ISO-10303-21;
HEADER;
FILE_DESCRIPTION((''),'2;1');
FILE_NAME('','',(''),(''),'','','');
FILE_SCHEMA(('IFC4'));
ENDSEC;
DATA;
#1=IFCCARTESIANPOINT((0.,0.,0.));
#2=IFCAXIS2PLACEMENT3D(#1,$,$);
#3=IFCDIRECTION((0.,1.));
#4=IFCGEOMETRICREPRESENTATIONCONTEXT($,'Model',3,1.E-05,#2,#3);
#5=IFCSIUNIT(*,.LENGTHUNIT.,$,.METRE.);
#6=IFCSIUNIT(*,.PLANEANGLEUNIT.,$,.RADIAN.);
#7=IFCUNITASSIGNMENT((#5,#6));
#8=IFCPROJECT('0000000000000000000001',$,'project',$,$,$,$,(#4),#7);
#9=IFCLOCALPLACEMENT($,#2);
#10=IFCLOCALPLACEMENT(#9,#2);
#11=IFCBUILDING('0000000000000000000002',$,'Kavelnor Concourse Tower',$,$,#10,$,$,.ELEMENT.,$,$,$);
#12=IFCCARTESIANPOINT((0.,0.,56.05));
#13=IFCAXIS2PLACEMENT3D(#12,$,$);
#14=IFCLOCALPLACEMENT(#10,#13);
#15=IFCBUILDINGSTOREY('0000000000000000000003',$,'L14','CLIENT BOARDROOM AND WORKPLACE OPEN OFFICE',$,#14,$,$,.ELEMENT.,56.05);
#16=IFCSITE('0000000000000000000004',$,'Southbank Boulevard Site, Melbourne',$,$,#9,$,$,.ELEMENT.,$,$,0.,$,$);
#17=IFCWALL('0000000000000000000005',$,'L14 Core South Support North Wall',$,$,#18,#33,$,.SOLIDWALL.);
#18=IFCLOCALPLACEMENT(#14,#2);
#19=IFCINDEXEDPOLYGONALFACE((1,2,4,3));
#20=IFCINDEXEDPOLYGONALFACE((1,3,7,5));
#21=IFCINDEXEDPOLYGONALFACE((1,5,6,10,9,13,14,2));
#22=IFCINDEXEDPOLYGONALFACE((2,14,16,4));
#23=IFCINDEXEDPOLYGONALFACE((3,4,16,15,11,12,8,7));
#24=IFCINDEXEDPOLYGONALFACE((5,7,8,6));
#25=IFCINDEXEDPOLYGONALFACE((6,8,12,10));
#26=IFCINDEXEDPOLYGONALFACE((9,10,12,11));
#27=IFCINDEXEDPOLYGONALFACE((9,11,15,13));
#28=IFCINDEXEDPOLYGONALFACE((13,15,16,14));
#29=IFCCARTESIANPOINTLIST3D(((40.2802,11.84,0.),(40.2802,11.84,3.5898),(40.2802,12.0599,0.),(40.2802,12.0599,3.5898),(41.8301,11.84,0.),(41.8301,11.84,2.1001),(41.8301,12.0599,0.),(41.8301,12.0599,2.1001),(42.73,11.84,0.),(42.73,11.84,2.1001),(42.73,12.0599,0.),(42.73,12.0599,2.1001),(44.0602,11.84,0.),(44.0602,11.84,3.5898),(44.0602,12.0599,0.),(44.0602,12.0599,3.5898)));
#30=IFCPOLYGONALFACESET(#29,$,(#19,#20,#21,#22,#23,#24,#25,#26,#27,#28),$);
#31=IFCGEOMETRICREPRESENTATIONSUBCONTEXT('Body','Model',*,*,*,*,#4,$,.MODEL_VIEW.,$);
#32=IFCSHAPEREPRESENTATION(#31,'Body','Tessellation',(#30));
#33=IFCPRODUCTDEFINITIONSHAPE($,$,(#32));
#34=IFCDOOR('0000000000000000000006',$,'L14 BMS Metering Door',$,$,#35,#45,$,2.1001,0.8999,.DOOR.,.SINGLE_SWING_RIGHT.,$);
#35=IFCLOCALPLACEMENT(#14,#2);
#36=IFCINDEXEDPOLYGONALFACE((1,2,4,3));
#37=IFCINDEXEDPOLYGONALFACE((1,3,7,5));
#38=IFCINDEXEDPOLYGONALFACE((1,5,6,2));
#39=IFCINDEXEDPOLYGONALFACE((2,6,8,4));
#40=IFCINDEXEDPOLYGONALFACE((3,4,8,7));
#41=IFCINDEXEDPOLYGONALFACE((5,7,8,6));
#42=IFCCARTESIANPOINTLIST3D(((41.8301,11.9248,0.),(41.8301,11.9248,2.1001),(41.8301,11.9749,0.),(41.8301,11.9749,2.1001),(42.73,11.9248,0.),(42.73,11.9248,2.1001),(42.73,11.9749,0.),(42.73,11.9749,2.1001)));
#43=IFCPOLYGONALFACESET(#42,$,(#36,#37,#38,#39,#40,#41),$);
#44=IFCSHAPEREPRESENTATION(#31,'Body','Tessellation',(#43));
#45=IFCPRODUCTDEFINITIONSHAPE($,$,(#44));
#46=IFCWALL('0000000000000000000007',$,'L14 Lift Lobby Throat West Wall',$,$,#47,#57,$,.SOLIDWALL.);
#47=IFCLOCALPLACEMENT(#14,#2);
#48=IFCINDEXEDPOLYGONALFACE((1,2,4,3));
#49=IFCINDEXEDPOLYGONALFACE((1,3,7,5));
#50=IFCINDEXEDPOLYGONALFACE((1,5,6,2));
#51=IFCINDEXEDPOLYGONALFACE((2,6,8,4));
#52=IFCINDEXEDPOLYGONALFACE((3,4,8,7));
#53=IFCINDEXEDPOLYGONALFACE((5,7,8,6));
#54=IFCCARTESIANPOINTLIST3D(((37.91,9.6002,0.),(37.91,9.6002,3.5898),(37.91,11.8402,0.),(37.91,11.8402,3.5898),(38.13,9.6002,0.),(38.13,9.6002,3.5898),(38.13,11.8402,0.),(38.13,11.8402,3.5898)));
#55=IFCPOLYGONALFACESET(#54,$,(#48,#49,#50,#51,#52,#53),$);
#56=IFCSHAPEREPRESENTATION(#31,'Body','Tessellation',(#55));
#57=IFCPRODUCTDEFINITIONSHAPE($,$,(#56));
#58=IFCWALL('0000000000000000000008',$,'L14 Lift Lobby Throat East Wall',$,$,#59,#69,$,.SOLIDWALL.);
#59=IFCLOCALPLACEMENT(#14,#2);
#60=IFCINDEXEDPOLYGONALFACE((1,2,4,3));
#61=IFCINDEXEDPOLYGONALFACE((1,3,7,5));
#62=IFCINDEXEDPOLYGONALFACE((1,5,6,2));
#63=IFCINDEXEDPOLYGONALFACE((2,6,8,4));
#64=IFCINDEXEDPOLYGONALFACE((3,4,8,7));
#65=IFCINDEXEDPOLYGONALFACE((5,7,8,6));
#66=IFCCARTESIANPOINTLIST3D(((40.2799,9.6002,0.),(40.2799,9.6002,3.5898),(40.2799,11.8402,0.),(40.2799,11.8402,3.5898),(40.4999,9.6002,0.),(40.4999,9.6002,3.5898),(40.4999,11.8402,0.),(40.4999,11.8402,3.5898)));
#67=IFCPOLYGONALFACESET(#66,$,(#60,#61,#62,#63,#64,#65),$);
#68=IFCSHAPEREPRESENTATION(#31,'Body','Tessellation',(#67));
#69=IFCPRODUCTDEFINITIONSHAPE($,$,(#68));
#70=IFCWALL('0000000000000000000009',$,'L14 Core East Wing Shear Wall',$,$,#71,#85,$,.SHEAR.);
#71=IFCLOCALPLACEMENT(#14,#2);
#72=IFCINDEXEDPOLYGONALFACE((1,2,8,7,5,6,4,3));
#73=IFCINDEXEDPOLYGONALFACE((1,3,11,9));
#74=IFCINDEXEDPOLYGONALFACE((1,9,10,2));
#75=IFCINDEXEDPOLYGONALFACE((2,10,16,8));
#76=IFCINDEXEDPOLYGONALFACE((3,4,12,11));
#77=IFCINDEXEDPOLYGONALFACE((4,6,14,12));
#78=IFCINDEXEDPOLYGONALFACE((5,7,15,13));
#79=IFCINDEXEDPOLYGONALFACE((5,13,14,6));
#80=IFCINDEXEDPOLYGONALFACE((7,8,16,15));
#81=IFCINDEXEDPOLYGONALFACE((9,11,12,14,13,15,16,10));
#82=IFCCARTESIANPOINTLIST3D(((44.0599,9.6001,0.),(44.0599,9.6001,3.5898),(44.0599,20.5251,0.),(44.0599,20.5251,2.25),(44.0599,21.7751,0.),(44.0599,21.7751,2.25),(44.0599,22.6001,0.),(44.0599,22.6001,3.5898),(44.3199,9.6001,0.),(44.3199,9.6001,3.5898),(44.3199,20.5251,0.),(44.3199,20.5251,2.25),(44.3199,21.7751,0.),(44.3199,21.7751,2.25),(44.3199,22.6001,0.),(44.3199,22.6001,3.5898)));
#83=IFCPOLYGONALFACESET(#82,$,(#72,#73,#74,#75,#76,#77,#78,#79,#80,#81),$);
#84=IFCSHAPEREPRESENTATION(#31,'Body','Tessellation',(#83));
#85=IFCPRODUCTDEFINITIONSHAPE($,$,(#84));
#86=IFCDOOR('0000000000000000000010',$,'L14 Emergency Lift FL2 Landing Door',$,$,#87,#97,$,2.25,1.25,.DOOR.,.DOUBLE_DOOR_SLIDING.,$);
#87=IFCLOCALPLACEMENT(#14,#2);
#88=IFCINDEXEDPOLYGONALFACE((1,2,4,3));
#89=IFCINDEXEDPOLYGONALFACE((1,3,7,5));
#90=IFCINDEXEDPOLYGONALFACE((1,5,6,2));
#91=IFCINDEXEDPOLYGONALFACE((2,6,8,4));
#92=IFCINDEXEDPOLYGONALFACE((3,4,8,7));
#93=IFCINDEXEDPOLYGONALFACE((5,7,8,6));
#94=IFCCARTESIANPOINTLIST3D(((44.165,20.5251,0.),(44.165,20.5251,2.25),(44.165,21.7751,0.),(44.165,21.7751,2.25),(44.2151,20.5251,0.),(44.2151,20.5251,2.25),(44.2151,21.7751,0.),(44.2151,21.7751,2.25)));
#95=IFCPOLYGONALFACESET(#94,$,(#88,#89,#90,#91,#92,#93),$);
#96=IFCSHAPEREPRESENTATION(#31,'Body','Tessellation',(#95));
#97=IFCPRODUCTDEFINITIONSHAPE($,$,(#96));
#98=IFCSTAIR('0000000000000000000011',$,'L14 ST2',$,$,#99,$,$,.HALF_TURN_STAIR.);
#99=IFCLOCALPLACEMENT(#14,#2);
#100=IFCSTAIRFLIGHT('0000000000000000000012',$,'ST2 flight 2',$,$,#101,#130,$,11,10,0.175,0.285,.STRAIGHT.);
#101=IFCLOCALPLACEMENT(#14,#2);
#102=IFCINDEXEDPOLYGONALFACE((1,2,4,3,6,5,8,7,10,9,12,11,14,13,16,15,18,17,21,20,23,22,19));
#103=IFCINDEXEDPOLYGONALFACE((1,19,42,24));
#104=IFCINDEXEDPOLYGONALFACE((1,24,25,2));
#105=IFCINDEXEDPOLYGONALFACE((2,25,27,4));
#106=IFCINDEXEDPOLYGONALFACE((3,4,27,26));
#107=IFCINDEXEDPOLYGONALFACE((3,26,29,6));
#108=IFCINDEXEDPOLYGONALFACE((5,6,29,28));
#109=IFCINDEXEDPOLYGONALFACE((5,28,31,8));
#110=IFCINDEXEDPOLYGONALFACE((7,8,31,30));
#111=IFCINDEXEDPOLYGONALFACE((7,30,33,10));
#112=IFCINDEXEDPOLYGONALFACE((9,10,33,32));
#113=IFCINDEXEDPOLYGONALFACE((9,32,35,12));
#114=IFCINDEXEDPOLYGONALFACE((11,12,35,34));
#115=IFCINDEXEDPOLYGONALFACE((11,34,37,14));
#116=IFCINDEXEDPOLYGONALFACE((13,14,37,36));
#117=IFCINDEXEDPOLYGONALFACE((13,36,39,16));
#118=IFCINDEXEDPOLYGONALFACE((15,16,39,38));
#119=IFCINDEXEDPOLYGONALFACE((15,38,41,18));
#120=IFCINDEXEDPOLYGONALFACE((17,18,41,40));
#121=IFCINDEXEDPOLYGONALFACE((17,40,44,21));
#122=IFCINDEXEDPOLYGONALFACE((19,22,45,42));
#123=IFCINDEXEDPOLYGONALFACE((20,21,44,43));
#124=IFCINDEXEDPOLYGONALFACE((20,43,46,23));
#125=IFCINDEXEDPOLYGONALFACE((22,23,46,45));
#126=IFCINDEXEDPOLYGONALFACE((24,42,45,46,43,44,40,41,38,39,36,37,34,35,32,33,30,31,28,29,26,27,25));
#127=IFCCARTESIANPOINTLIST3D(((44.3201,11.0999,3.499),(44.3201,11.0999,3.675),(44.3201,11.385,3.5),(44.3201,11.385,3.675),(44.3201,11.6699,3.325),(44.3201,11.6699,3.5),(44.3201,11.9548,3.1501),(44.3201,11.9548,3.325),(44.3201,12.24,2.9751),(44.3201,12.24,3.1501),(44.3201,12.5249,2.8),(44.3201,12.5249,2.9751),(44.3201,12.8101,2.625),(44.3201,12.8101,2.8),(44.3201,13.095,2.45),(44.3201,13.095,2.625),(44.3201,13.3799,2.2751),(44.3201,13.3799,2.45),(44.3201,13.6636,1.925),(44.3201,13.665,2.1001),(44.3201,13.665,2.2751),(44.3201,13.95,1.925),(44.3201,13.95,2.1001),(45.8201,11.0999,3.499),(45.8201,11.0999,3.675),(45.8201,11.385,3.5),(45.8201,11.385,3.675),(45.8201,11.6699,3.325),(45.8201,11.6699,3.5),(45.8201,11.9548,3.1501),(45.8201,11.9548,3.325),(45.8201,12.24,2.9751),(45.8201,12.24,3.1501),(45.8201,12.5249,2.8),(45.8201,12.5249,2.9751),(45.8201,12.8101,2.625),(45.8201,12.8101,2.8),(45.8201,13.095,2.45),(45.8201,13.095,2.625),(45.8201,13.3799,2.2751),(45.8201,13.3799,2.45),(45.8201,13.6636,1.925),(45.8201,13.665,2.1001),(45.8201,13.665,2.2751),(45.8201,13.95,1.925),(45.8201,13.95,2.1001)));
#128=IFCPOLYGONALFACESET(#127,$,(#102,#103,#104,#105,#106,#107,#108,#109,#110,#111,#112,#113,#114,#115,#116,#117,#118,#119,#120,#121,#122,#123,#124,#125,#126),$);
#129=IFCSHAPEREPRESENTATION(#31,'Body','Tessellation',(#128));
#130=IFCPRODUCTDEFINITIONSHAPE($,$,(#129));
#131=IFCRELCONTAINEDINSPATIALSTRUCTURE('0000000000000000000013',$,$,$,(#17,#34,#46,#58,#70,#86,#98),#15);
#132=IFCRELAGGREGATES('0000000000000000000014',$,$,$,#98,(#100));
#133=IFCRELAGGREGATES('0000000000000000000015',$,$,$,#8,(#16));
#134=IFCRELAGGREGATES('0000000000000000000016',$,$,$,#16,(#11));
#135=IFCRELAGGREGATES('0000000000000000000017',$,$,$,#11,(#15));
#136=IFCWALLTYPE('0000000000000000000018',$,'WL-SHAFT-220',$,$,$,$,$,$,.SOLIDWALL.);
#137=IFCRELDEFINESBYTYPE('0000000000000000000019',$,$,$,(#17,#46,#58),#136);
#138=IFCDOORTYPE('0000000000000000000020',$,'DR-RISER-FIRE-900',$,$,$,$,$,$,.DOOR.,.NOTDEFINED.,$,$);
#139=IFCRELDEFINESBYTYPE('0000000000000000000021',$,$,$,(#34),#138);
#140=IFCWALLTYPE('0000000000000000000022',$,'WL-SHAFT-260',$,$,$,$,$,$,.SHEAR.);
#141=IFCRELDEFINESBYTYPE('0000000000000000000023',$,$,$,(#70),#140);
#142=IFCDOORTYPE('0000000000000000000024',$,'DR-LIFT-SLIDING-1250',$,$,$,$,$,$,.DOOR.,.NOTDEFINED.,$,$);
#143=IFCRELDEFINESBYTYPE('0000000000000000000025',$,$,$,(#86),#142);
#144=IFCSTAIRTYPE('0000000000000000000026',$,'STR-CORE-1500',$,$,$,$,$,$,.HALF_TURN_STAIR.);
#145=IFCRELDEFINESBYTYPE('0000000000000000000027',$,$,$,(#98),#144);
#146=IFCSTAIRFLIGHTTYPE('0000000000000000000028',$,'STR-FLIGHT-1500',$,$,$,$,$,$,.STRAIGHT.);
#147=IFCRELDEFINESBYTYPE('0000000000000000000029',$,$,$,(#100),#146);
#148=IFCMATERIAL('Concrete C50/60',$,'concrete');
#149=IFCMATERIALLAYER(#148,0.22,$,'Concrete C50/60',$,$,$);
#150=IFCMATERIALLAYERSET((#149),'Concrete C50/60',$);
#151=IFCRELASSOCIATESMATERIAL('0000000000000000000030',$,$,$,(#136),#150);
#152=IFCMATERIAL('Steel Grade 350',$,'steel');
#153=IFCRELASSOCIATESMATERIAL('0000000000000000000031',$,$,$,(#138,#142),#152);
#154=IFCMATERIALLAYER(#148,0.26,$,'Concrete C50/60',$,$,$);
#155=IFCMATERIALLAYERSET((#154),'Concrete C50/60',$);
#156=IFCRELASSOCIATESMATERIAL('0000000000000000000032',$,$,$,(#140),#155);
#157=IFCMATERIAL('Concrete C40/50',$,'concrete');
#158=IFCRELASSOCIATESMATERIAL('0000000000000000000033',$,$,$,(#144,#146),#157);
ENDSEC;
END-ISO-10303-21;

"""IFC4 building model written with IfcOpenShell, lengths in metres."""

from ifc_helpers import new_model, si_unit, direction, frame, frame_2d, origin, place, context, subcontext, project, spatial, polyline, rectangle, outline, extrude, material, layer, layer_set, type_object, element, fill, aggregate, save


model = new_model("IFC4")

# Units and contexts
model_context = context("Model", 3, precision=1e-05, world=origin(), true_north=direction((0.0, 1.0)))
body_context = subcontext(model_context, "Body", "Model", "MODEL_VIEW")
ifc_project = project(units=[si_unit("LENGTHUNIT", "METRE"), si_unit("PLANEANGLEUNIT", "RADIAN")], contexts=[model_context])

# Site, building, storey
site_placement = place(None, origin())
site = spatial("IfcSite", under=ifc_project, at=site_placement, Name="Southbank Boulevard Site, Melbourne", CompositionType="ELEMENT", RefElevation=0.0)
building_placement = place(site_placement, origin())
building = spatial("IfcBuilding", under=site, at=building_placement, Name="Kavelnor Concourse Tower", CompositionType="ELEMENT")
storey_placement = place(building_placement, frame((0.0, 0.0, 56.05)))
storey = spatial("IfcBuildingStorey", under=building, at=storey_placement, Name="L14", Description="CLIENT BOARDROOM AND WORKPLACE OPEN OFFICE", CompositionType="ELEMENT", Elevation=56.05)

# Shared definitions
ifc_material_1 = material(Name="Steel Grade 350", Category="steel")

# Shared definitions
ifc_material_2 = material(Name="Concrete C50/60", Category="concrete")
ifc_layer_1 = layer(ifc_material_2, 0.22, Name="Concrete C50/60")
ifc_layer_set_1 = layer_set([ifc_layer_1], Name="Concrete C50/60")
wall_type_1 = type_object("IfcWallType", Name="WL-SHAFT-220", PredefinedType="SOLIDWALL", material=ifc_layer_set_1)

# Wall, opening, door
wall_1_placement = place(storey_placement, frame((40.28, 11.95, 0.0), z_axis=(0.0, 0.0, 1.0), x_axis=(1.0, 0.0, 0.0)))
wall_1 = element("IfcWall", 1, at=wall_1_placement, inside=storey, type_object=wall_type_1, Name="L14 Core South Support North Wall", PredefinedType="SOLIDWALL", context=body_context, shape_type="SweptSolid", body=[
    extrude(rectangle(XDim=3.78, YDim=0.22, at=frame_2d((1.8901, 0.0))), origin(), (0.0, 0.0, 1.0), 3.5898),
])
opening_1_placement = place(wall_1_placement, frame((1.55, 0.0, 0.0)))
opening_1 = element("IfcOpeningElement", 2, at=opening_1_placement, cuts=wall_1, PredefinedType="OPENING", context=body_context, shape_type="SweptSolid", body=[
    extrude(rectangle(XDim=0.8999, YDim=2.1001, at=frame_2d((0.45, 1.05))), frame((0.0, 0.1201, 0.0), z_axis=(0.0, -1.0, 0.0), x_axis=(1.0, 0.0, 0.0)), (0.0, 0.0, 1.0), 0.24),
])
door_type_1 = type_object("IfcDoorType", Name="DR-RISER-FIRE-900", OperationType="NOTDEFINED", PredefinedType="DOOR", material=ifc_material_1)
door_1_placement = place(opening_1_placement, origin())
door_1 = element("IfcDoor", 3, at=door_1_placement, inside=storey, type_object=door_type_1, Name="L14 BMS Metering Door", OperationType="SINGLE_SWING_RIGHT", OverallHeight=2.1001, OverallWidth=0.8999, PredefinedType="DOOR", context=body_context, shape_type="SweptSolid", body=[
    extrude(rectangle(XDim=0.8999, YDim=2.1001, at=frame_2d((0.45, 1.05))), frame((0.0, 0.0249, 0.0), z_axis=(0.0, -1.0, 0.0), x_axis=(1.0, 0.0, 0.0)), (0.0, 0.0, 1.0), 0.05),
])
fill(opening_1, door_1)

# Walls
for number, where, z_axis, x_axis, name in (
    (4, (38.02, 9.6001, 0.0), (0.0, 0.0, 1.0), (0.0, 1.0, 0.0), "L14 Lift Lobby Throat West Wall"),
    (5, (40.3899, 9.6001, 0.0), (0.0, 0.0, 1.0), (0.0, 1.0, 0.0), "L14 Lift Lobby Throat East Wall"),
):
    element("IfcWall", number, at=place(storey_placement, frame(where, z_axis=z_axis, x_axis=x_axis)), inside=storey, type_object=wall_type_1, Name=name, PredefinedType="SOLIDWALL", context=body_context, shape_type="SweptSolid", body=[
        extrude(rectangle(XDim=2.24, YDim=0.22, at=frame_2d((1.1201, 0.0))), origin(), (0.0, 0.0, 1.0), 3.5898),
    ])

# Wall, opening, door
ifc_layer_2 = layer(ifc_material_2, 0.26, Name="Concrete C50/60")
ifc_layer_set_2 = layer_set([ifc_layer_2], Name="Concrete C50/60")
wall_type_2 = type_object("IfcWallType", Name="WL-SHAFT-260", PredefinedType="SHEAR", material=ifc_layer_set_2)
wall_2_placement = place(storey_placement, frame((44.1899, 9.6001, 0.0), z_axis=(0.0, 0.0, 1.0), x_axis=(0.0, 1.0, 0.0)))
wall_2 = element("IfcWall", 6, at=wall_2_placement, inside=storey, type_object=wall_type_2, Name="L14 Core East Wing Shear Wall", PredefinedType="SHEAR", context=body_context, shape_type="SweptSolid", body=[
    extrude(rectangle(XDim=13.0, YDim=0.26, at=frame_2d((6.5, 0.0))), origin(), (0.0, 0.0, 1.0), 3.5898),
])
opening_2_placement = place(wall_2_placement, frame((10.925, 0.0, 0.0)))
opening_2 = element("IfcOpeningElement", 7, at=opening_2_placement, cuts=wall_2, PredefinedType="OPENING", context=body_context, shape_type="SweptSolid", body=[
    extrude(rectangle(XDim=1.25, YDim=2.25, at=frame_2d((0.625, 1.125))), frame((0.0, 0.1401, 0.0), z_axis=(0.0, -1.0, 0.0), x_axis=(1.0, 0.0, 0.0)), (0.0, 0.0, 1.0), 0.28),
])
door_type_2 = type_object("IfcDoorType", Name="DR-LIFT-SLIDING-1250", OperationType="NOTDEFINED", PredefinedType="DOOR", material=ifc_material_1)
door_2_placement = place(opening_2_placement, origin())
door_2 = element("IfcDoor", 8, at=door_2_placement, inside=storey, type_object=door_type_2, Name="L14 Emergency Lift FL2 Landing Door", OperationType="DOUBLE_DOOR_SLIDING", OverallHeight=2.25, OverallWidth=1.25, PredefinedType="DOOR", context=body_context, shape_type="SweptSolid", body=[
    extrude(rectangle(XDim=1.25, YDim=2.25, at=frame_2d((0.625, 1.125))), frame((0.0, 0.0249, 0.0), z_axis=(0.0, -1.0, 0.0), x_axis=(1.0, 0.0, 0.0)), (0.0, 0.0, 1.0), 0.05),
])
fill(opening_2, door_2)

# Stair, stair flight
ifc_material_3 = material(Name="Concrete C40/50", Category="concrete")
stair_type = type_object("IfcStairType", Name="STR-CORE-1500", PredefinedType="HALF_TURN_STAIR", material=ifc_material_3)
stair_placement = place(storey_placement, origin())
stair = element("IfcStair", 9, at=stair_placement, inside=storey, type_object=stair_type, Name="L14 ST2", PredefinedType="HALF_TURN_STAIR")
stair_flight_type = type_object("IfcStairFlightType", Name="STR-FLIGHT-1500", PredefinedType="STRAIGHT", material=ifc_material_3)
stair_flight_placement = place(storey_placement, frame((45.0701, 13.95, 1.925), z_axis=(0.0, 0.0, 1.0), x_axis=(0.0, -1.0, 0.0)))
stair_flight = element("IfcStairFlight", 10, at=stair_flight_placement, type_object=stair_flight_type, Name="ST2 flight 2", NumberOfRisers=11, NumberOfTreads=10, PredefinedType="STRAIGHT", RiserHeight=0.175, TreadLength=0.285, context=body_context, shape_type="SweptSolid", body=[
    extrude(outline(polyline([(0.0, 0.0), (0.0, 0.175), (0.2849, 0.175), (0.2849, 0.3501), (0.5701, 0.3501), (0.5701, 0.5249), (0.855, 0.5249), (0.855, 0.7), (1.1399, 0.7), (1.1399, 0.875), (1.425, 0.875), (1.425, 1.05), (1.71, 1.05), (1.71, 1.2251), (1.9951, 1.2251), (1.9951, 1.3999), (2.28, 1.3999), (2.28, 1.575), (2.5649, 1.575), (2.5649, 1.75), (2.8501, 1.75), (2.8501, 1.925), (2.8501, 1.574), (0.2864, 0.0), (0.0, 0.0)])), frame((0.0, 0.75, 0.0), z_axis=(0.0, -1.0, 0.0), x_axis=(1.0, 0.0, 0.0)), (0.0, 0.0, 1.0), 1.5),
])
aggregate(stair, [stair_flight])

save(model, "model.ifc")
